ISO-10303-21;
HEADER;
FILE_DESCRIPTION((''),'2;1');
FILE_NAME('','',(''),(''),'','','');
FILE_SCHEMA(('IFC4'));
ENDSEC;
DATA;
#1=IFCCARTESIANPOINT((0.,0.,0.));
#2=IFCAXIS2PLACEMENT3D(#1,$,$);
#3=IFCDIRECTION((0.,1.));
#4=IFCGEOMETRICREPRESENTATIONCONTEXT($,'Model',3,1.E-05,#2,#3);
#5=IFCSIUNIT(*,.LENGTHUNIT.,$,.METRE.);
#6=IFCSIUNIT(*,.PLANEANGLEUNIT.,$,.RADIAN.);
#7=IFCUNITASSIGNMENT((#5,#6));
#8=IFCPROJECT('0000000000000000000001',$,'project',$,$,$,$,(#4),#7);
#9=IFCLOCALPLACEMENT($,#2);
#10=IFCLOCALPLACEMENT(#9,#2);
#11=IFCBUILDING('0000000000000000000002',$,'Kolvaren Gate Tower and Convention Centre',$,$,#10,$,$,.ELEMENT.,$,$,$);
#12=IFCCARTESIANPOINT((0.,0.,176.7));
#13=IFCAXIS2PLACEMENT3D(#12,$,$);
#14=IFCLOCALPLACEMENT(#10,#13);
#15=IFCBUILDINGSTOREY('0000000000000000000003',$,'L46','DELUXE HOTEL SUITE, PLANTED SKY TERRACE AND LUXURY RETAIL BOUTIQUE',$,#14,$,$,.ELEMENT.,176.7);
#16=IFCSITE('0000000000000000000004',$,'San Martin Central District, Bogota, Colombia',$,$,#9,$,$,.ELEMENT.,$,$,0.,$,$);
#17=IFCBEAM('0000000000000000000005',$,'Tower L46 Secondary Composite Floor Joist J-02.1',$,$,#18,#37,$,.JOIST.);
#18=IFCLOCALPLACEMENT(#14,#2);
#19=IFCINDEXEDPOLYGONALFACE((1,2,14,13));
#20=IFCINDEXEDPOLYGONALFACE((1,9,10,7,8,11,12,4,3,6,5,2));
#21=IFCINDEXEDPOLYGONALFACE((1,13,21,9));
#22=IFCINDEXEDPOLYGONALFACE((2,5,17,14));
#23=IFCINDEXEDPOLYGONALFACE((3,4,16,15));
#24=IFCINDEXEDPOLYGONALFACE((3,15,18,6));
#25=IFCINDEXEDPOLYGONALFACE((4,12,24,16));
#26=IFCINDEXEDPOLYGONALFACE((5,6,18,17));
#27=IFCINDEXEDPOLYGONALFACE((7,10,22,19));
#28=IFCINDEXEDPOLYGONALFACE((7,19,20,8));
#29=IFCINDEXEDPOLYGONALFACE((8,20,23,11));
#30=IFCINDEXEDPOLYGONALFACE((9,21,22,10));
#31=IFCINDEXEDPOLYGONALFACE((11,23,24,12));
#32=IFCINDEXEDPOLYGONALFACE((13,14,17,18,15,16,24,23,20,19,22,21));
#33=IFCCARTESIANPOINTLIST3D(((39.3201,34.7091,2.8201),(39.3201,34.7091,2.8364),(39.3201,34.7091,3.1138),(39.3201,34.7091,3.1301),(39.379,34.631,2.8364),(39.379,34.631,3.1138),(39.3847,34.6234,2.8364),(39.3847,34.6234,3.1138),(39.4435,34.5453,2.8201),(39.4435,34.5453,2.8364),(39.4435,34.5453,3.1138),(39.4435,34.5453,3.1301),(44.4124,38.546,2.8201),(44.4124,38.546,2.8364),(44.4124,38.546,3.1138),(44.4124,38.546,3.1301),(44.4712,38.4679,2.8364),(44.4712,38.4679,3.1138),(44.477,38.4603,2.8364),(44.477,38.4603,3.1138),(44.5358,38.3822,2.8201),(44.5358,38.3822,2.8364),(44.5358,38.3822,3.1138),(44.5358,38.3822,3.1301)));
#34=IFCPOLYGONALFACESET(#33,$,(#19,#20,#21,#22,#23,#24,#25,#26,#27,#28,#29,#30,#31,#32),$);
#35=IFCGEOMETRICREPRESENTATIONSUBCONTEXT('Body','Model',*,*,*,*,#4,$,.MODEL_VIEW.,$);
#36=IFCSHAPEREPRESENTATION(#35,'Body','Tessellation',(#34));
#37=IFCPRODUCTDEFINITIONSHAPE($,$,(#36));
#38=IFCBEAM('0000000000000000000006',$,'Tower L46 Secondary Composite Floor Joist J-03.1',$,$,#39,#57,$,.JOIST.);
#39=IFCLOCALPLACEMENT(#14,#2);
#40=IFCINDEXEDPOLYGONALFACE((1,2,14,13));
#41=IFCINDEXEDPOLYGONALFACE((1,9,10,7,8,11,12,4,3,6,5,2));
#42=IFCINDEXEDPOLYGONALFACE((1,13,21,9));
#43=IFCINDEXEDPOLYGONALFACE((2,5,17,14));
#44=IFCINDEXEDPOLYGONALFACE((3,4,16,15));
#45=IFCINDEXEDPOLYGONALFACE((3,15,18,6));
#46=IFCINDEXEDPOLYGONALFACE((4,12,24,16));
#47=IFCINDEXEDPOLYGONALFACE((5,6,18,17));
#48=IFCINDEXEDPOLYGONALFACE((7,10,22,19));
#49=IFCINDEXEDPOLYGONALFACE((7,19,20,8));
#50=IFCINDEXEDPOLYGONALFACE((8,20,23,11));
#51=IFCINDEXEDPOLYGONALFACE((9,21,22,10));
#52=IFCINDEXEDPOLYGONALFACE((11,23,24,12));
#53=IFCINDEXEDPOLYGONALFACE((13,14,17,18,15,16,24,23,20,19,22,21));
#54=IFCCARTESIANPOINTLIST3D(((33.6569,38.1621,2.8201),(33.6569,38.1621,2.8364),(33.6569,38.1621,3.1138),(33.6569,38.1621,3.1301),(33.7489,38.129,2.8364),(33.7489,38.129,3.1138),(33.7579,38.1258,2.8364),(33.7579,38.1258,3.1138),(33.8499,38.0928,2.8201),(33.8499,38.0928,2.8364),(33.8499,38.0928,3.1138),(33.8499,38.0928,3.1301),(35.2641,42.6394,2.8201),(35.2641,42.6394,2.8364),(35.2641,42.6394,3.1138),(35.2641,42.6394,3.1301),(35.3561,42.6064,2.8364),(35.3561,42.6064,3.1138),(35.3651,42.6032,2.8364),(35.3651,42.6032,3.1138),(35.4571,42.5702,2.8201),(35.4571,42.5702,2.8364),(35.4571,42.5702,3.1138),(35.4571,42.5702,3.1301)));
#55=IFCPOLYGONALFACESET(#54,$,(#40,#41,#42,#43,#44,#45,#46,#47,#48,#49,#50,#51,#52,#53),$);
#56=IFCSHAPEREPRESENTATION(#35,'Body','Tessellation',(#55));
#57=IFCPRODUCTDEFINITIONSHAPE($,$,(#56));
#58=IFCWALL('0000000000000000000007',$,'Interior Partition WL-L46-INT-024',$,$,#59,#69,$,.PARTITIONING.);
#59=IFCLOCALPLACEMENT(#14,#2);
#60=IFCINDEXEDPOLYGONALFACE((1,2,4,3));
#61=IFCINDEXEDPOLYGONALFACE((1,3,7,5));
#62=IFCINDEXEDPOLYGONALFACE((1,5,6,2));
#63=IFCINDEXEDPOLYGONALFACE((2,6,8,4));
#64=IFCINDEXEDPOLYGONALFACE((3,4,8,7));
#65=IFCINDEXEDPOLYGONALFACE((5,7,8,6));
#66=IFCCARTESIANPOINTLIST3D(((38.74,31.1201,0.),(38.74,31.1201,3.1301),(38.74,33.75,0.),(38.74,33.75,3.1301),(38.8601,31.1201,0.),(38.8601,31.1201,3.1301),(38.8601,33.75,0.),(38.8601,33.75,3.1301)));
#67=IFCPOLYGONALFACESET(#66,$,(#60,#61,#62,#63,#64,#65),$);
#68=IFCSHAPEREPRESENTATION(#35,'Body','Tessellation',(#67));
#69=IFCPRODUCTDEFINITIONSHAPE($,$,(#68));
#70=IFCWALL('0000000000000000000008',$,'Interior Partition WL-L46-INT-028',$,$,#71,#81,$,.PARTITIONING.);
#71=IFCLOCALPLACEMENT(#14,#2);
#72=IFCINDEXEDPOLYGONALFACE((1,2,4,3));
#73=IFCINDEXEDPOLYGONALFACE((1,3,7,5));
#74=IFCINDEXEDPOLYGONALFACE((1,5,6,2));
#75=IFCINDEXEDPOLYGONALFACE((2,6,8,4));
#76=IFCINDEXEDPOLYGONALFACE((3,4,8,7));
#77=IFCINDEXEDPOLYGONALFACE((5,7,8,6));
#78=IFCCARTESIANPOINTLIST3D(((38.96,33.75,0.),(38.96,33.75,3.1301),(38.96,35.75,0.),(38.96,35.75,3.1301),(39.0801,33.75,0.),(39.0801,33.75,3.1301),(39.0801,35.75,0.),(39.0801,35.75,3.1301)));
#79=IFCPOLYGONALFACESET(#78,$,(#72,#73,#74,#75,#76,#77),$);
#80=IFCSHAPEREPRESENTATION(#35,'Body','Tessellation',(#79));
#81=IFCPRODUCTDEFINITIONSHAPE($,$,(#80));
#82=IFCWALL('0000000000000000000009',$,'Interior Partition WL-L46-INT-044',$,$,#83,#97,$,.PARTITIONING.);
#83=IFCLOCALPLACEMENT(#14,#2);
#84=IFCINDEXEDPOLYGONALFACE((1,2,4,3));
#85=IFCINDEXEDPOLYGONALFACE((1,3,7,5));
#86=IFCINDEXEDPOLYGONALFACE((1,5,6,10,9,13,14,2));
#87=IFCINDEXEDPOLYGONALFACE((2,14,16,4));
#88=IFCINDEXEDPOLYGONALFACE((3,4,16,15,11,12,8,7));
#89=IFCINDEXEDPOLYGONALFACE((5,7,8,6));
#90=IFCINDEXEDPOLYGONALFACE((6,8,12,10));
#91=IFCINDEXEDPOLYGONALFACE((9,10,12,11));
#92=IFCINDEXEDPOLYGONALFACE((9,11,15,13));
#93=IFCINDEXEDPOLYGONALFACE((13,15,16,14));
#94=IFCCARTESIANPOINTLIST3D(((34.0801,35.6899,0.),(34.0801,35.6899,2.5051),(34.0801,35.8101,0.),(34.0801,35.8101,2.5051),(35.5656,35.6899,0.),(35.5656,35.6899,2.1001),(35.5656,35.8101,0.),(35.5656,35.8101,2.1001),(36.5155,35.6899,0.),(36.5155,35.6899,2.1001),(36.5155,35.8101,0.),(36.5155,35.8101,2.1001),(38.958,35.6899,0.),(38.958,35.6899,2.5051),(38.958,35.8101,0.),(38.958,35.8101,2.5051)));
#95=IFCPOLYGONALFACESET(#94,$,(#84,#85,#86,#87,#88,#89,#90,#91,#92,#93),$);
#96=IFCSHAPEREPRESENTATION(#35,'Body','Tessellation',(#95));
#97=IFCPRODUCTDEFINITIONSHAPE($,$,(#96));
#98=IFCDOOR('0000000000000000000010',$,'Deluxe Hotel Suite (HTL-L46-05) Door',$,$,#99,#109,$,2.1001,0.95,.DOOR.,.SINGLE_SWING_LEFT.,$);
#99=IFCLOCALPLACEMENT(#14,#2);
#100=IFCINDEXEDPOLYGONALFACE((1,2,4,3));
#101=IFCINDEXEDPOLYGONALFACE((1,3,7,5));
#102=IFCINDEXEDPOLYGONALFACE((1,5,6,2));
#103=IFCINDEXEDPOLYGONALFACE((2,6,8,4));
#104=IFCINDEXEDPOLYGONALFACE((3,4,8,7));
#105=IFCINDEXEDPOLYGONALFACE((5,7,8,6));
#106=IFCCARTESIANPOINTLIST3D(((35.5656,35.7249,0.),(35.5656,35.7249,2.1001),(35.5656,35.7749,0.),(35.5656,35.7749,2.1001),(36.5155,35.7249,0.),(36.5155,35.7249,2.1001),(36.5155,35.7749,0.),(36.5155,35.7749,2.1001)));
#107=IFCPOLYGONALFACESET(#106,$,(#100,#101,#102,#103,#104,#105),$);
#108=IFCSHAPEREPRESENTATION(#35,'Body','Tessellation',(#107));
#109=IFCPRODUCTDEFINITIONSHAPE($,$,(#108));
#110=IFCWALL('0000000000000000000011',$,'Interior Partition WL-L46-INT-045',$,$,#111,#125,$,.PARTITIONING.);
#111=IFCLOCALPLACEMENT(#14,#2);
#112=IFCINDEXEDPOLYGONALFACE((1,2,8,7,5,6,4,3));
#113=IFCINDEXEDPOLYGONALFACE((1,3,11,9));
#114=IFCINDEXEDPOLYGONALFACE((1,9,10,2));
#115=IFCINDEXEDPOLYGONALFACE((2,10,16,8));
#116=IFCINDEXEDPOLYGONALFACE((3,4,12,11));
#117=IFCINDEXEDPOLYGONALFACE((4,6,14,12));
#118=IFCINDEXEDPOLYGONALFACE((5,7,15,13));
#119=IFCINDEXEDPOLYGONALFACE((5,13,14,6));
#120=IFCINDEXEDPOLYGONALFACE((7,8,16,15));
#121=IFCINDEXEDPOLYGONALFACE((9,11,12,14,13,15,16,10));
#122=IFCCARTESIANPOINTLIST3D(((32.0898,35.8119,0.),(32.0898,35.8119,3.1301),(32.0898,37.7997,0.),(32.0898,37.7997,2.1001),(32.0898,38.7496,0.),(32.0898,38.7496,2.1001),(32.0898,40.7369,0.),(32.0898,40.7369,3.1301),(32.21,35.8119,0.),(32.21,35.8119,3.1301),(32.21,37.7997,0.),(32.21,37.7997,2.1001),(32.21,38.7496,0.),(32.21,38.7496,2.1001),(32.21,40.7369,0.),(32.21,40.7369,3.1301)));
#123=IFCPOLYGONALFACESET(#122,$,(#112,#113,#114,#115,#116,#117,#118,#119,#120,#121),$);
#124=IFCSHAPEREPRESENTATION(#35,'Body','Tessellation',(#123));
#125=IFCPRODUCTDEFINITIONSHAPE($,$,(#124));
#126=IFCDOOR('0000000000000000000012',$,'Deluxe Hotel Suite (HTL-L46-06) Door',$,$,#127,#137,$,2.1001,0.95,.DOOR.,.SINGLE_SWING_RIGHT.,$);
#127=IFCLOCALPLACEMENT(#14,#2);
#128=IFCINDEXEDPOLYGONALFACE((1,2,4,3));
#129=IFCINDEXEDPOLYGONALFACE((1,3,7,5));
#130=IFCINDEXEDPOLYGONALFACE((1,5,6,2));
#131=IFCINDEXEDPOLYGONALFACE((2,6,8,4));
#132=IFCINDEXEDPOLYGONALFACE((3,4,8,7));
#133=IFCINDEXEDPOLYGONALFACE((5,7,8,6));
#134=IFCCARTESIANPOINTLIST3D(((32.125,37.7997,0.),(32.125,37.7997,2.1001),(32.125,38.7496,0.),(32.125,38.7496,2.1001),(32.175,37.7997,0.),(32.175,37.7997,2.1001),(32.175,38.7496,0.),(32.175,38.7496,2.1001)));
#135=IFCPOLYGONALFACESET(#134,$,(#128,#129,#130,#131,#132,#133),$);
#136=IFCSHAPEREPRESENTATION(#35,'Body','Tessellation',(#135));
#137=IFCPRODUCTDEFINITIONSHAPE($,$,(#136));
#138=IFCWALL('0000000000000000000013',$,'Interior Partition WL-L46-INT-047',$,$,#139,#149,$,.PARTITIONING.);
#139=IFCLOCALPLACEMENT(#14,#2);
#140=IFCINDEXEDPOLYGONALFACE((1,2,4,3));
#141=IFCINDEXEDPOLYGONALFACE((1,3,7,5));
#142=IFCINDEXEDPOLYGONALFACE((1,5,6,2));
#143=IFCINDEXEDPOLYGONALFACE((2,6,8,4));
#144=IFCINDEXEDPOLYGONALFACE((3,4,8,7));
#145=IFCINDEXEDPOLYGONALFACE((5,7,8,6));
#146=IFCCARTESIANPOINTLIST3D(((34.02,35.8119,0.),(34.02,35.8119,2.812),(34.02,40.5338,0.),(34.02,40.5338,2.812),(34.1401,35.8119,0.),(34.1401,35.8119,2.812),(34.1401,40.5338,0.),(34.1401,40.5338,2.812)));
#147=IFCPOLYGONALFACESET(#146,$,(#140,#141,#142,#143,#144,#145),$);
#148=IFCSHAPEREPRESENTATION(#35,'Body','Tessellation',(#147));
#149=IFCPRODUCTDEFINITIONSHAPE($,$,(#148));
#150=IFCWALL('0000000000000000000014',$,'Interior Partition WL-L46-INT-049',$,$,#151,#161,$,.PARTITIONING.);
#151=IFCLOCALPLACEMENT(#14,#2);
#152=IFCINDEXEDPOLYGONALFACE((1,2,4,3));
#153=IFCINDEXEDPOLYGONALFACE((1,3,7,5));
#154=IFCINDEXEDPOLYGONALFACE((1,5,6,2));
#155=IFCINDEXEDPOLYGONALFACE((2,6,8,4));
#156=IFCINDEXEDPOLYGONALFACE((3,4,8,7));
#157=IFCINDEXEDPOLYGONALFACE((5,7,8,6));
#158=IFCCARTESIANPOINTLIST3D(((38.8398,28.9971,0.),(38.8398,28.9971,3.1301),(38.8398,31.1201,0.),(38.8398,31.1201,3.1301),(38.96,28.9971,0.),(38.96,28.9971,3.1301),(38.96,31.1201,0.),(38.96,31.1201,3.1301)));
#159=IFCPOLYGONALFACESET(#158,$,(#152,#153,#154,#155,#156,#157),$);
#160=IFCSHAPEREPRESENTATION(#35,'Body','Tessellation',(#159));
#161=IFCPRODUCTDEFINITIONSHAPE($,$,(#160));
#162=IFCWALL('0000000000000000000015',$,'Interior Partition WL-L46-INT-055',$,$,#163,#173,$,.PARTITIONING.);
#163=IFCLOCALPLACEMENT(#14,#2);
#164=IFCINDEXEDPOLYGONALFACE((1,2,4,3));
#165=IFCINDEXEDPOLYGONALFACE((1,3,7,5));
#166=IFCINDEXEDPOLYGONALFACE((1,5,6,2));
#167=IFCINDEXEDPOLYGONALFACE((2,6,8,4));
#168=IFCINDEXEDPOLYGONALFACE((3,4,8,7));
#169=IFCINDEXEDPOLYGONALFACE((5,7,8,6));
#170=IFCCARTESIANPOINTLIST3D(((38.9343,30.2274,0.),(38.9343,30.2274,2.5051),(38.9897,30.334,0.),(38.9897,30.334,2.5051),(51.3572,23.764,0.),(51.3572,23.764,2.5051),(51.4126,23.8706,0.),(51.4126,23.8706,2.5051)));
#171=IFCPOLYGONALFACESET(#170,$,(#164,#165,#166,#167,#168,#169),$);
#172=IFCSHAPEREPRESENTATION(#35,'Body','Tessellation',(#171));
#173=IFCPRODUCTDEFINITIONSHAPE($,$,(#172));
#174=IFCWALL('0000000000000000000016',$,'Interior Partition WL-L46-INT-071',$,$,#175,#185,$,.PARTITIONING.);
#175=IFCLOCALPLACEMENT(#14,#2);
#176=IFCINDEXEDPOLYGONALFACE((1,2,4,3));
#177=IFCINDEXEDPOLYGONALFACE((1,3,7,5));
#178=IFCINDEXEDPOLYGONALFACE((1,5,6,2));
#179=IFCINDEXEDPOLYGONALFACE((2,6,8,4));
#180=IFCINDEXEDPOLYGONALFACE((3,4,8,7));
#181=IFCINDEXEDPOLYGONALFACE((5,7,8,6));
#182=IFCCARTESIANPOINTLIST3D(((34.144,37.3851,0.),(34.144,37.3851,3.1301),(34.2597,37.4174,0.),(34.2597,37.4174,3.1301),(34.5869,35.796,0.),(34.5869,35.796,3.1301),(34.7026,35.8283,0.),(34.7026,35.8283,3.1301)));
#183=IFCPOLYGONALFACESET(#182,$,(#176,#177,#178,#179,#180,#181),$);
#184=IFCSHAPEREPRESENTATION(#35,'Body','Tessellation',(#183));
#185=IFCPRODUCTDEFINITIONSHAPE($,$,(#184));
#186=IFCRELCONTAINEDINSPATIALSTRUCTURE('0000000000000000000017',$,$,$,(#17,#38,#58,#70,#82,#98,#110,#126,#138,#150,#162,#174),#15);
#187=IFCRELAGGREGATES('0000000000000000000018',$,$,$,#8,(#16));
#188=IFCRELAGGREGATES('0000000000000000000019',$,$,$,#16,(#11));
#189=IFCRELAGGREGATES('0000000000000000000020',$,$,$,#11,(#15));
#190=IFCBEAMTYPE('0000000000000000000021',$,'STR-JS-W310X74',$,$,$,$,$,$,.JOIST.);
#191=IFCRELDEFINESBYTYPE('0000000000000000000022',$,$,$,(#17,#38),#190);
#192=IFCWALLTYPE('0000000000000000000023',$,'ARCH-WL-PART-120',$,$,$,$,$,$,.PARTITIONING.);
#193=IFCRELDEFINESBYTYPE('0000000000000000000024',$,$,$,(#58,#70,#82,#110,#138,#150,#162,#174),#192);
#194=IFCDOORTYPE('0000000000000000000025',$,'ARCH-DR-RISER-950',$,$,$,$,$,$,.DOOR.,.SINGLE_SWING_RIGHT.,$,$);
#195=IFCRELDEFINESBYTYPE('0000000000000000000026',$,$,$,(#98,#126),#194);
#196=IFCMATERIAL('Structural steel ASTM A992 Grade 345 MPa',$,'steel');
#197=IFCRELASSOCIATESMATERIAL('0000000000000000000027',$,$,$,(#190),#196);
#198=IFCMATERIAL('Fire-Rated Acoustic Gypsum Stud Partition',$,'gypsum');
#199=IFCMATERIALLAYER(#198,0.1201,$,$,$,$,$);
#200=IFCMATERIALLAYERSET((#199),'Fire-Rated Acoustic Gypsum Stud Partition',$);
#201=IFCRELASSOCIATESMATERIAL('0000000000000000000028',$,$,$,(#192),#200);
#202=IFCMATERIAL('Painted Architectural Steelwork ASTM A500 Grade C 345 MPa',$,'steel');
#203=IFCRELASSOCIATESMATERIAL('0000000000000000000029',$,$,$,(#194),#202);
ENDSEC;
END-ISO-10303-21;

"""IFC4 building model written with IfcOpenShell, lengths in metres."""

from ifc_helpers import new_model, si_unit, direction, frame, frame_2d, origin, origin_2d, place, context, subcontext, project, spatial, rectangle, i_section, extrude, material, layer, layer_set, material_profile, profile_set, type_object, element, fill, save


model = new_model("IFC4")

# Units and contexts
model_context = context("Model", 3, precision=1e-05, world=origin(), true_north=direction((0.0, 1.0)))
body_context = subcontext(model_context, "Body", "Model", "MODEL_VIEW")
ifc_project = project(units=[si_unit("LENGTHUNIT", "METRE"), si_unit("PLANEANGLEUNIT", "RADIAN")], contexts=[model_context])

# Site, building, storey
site_placement = place(None, origin())
site = spatial("IfcSite", under=ifc_project, at=site_placement, Name="San Martin Central District, Bogota, Colombia", CompositionType="ELEMENT", RefElevation=0.0)
building_placement = place(site_placement, origin())
building = spatial("IfcBuilding", under=site, at=building_placement, Name="Kolvaren Gate Tower and Convention Centre", CompositionType="ELEMENT")
storey_placement = place(building_placement, frame((0.0, 0.0, 176.7)))
storey = spatial("IfcBuildingStorey", under=building, at=storey_placement, Name="L46", Description="DELUXE HOTEL SUITE, PLANTED SKY TERRACE AND LUXURY RETAIL BOUTIQUE", CompositionType="ELEMENT", Elevation=176.7)

# Beams
ifc_material_1 = material(Name="Structural steel ASTM A992 Grade 345 MPa", Category="steel")
ifc_material_profile_1 = material_profile(ifc_material_1, i_section(OverallWidth=0.2051, OverallDepth=0.3101, WebThickness=0.0095, FlangeThickness=0.0164, at=origin_2d()), Name="W310X74")
ifc_profile_set_1 = profile_set([ifc_material_profile_1], Name="Structural steel ASTM A992 Grade 345 MPa")
beam_type_1 = type_object("IfcBeamType", Name="STR-JS-W310X74", PredefinedType="JOIST", material=ifc_profile_set_1)
beam_1_placement = place(storey_placement, frame((39.3818, 34.6272, 2.9751), z_axis=(0.798666, 0.601775, 0.0), x_axis=(-0.601775, 0.798666, 0.0)))
element("IfcBeam", 1, at=beam_1_placement, inside=storey, type_object=beam_type_1, Name="Tower L46 Secondary Composite Floor Joist J-02.1", PredefinedType="JOIST", context=body_context, shape_type="SweptSolid", body=[
    extrude(i_section(OverallWidth=0.2051, OverallDepth=0.3101, WebThickness=0.0095, FlangeThickness=0.0164, at=origin_2d()), origin(), (0.0, 0.0, 1.0), 6.376),
])
beam_2_placement = place(storey_placement, frame((33.7534, 38.1274, 2.9751), z_axis=(0.337854, 0.941198, 0.0), x_axis=(-0.941198, 0.337854, 0.0)))
element("IfcBeam", 2, at=beam_2_placement, inside=storey, type_object=beam_type_1, Name="Tower L46 Secondary Composite Floor Joist J-03.1", PredefinedType="JOIST", context=body_context, shape_type="SweptSolid", body=[
    extrude(i_section(OverallWidth=0.2051, OverallDepth=0.3101, WebThickness=0.0095, FlangeThickness=0.0164, at=origin_2d()), origin(), (0.0, 0.0, 1.0), 4.7571),
])

# Walls
ifc_material_2 = material(Name="Fire-Rated Acoustic Gypsum Stud Partition", Category="gypsum")
ifc_layer_1 = layer(ifc_material_2, 0.1201)
ifc_layer_set_1 = layer_set([ifc_layer_1], Name="Fire-Rated Acoustic Gypsum Stud Partition")
wall_type_1 = type_object("IfcWallType", Name="ARCH-WL-PART-120", PredefinedType="PARTITIONING", material=ifc_layer_set_1)
wall_1_placement = place(storey_placement, frame((38.8, 31.1201, 0.0), z_axis=(0.0, 0.0, 1.0), x_axis=(0.0, 1.0, 0.0)))
element("IfcWall", 3, at=wall_1_placement, inside=storey, type_object=wall_type_1, Name="Interior Partition WL-L46-INT-024", PredefinedType="PARTITIONING", context=body_context, shape_type="SweptSolid", body=[
    extrude(rectangle(XDim=2.6299, YDim=0.1201, at=frame_2d((1.3149, 0.0))), origin(), (0.0, 0.0, 1.0), 3.1301),
])
wall_2_placement = place(storey_placement, frame((39.02, 33.75, 0.0), z_axis=(0.0, 0.0, 1.0), x_axis=(0.0, 1.0, 0.0)))
element("IfcWall", 4, at=wall_2_placement, inside=storey, type_object=wall_type_1, Name="Interior Partition WL-L46-INT-028", PredefinedType="PARTITIONING", context=body_context, shape_type="SweptSolid", body=[
    extrude(rectangle(XDim=2.0, YDim=0.1201, at=frame_2d((1.0, 0.0))), origin(), (0.0, 0.0, 1.0), 3.1301),
])

# Walls, openings, doors
wall_3_placement = place(storey_placement, frame((34.0801, 35.75, 0.0), z_axis=(0.0, 0.0, 1.0), x_axis=(1.0, 0.0, 0.0)))
wall_3 = element("IfcWall", 5, at=wall_3_placement, inside=storey, type_object=wall_type_1, Name="Interior Partition WL-L46-INT-044", PredefinedType="PARTITIONING", context=body_context, shape_type="SweptSolid", body=[
    extrude(rectangle(XDim=4.8779, YDim=0.1201, at=frame_2d((2.439, 0.0))), origin(), (0.0, 0.0, 1.0), 2.5051),
])
opening_1_placement = place(wall_3_placement, frame((1.4854, 0.0, 0.0)))
opening_1 = element("IfcOpeningElement", 6, at=opening_1_placement, cuts=wall_3, PredefinedType="OPENING", context=body_context, shape_type="SweptSolid", body=[
    extrude(rectangle(XDim=0.95, YDim=2.1001, at=frame_2d((0.4751, 1.05))), frame((0.0, 0.0701, 0.0), z_axis=(0.0, -1.0, 0.0), x_axis=(1.0, 0.0, 0.0)), (0.0, 0.0, 1.0), 0.1401),
])
ifc_material_3 = material(Name="Painted Architectural Steelwork ASTM A500 Grade C 345 MPa", Category="steel")
door_type_1 = type_object("IfcDoorType", Name="ARCH-DR-RISER-950", OperationType="SINGLE_SWING_RIGHT", PredefinedType="DOOR", material=ifc_material_3)
door_1_placement = place(opening_1_placement, origin())
door_1 = element("IfcDoor", 7, at=door_1_placement, inside=storey, type_object=door_type_1, Name="Deluxe Hotel Suite (HTL-L46-05) Door", OperationType="SINGLE_SWING_LEFT", OverallHeight=2.1001, OverallWidth=0.95, PredefinedType="DOOR", context=body_context, shape_type="SweptSolid", body=[
    extrude(rectangle(XDim=0.95, YDim=2.1001, at=frame_2d((0.4751, 1.05))), frame((0.0, 0.0249, 0.0), z_axis=(0.0, -1.0, 0.0), x_axis=(1.0, 0.0, 0.0)), (0.0, 0.0, 1.0), 0.05),
])
fill(opening_1, door_1)
wall_4_placement = place(storey_placement, frame((32.1499, 35.812, 0.0), z_axis=(0.0, 0.0, 1.0), x_axis=(0.0, 1.0, 0.0)))
wall_4 = element("IfcWall", 8, at=wall_4_placement, inside=storey, type_object=wall_type_1, Name="Interior Partition WL-L46-INT-045", PredefinedType="PARTITIONING", context=body_context, shape_type="SweptSolid", body=[
    extrude(rectangle(XDim=4.925, YDim=0.1201, at=frame_2d((2.4624, 0.0))), origin(), (0.0, 0.0, 1.0), 3.1301),
])
opening_2_placement = place(wall_4_placement, frame((1.9875, 0.0, 0.0)))
opening_2 = element("IfcOpeningElement", 9, at=opening_2_placement, cuts=wall_4, PredefinedType="OPENING", context=body_context, shape_type="SweptSolid", body=[
    extrude(rectangle(XDim=0.95, YDim=2.1001, at=frame_2d((0.4751, 1.05))), frame((0.0, 0.0701, 0.0), z_axis=(0.0, -1.0, 0.0), x_axis=(1.0, 0.0, 0.0)), (0.0, 0.0, 1.0), 0.1401),
])
door_2_placement = place(opening_2_placement, origin())
door_2 = element("IfcDoor", 10, at=door_2_placement, inside=storey, type_object=door_type_1, Name="Deluxe Hotel Suite (HTL-L46-06) Door", OperationType="SINGLE_SWING_RIGHT", OverallHeight=2.1001, OverallWidth=0.95, PredefinedType="DOOR", context=body_context, shape_type="SweptSolid", body=[
    extrude(rectangle(XDim=0.95, YDim=2.1001, at=frame_2d((0.4751, 1.05))), frame((0.0, 0.0249, 0.0), z_axis=(0.0, -1.0, 0.0), x_axis=(1.0, 0.0, 0.0)), (0.0, 0.0, 1.0), 0.05),
])
fill(opening_2, door_2)

# Walls
wall_5_placement = place(storey_placement, frame((34.0801, 35.812, 0.0), z_axis=(0.0, 0.0, 1.0), x_axis=(0.0, 1.0, 0.0)))
element("IfcWall", 11, at=wall_5_placement, inside=storey, type_object=wall_type_1, Name="Interior Partition WL-L46-INT-047", PredefinedType="PARTITIONING", context=body_context, shape_type="SweptSolid", body=[
    extrude(rectangle(XDim=4.7219, YDim=0.1201, at=frame_2d((2.3608, 0.0))), origin(), (0.0, 0.0, 1.0), 2.812),
])
wall_6_placement = place(storey_placement, frame((38.8999, 28.9971, 0.0), z_axis=(0.0, 0.0, 1.0), x_axis=(0.0, 1.0, 0.0)))
element("IfcWall", 12, at=wall_6_placement, inside=storey, type_object=wall_type_1, Name="Interior Partition WL-L46-INT-049", PredefinedType="PARTITIONING", context=body_context, shape_type="SweptSolid", body=[
    extrude(rectangle(XDim=2.123, YDim=0.1201, at=frame_2d((1.0615, 0.0))), origin(), (0.0, 0.0, 1.0), 3.1301),
])
wall_7_placement = place(storey_placement, frame((38.9619, 30.2808, 0.0), z_axis=(0.0, 0.0, 1.0), x_axis=(0.887115, -0.461549, 0.0)))
element("IfcWall", 13, at=wall_7_placement, inside=storey, type_object=wall_type_1, Name="Interior Partition WL-L46-INT-055", PredefinedType="PARTITIONING", context=body_context, shape_type="SweptSolid", body=[
    extrude(rectangle(XDim=14.0037, YDim=0.1201, at=frame_2d((7.002, 0.0))), origin(), (0.0, 0.0, 1.0), 2.5051),
])
wall_8_placement = place(storey_placement, frame((34.2019, 37.4011, 0.0), z_axis=(0.0, 0.0, 1.0), x_axis=(0.26846, -0.963291, 0.0)))
element("IfcWall", 14, at=wall_8_placement, inside=storey, type_object=wall_type_1, Name="Interior Partition WL-L46-INT-071", PredefinedType="PARTITIONING", context=body_context, shape_type="SweptSolid", body=[
    extrude(rectangle(XDim=1.6497, YDim=0.1201, at=frame_2d((0.8247, 0.0))), origin(), (0.0, 0.0, 1.0), 3.1301),
])

save(model, "model.ifc")
